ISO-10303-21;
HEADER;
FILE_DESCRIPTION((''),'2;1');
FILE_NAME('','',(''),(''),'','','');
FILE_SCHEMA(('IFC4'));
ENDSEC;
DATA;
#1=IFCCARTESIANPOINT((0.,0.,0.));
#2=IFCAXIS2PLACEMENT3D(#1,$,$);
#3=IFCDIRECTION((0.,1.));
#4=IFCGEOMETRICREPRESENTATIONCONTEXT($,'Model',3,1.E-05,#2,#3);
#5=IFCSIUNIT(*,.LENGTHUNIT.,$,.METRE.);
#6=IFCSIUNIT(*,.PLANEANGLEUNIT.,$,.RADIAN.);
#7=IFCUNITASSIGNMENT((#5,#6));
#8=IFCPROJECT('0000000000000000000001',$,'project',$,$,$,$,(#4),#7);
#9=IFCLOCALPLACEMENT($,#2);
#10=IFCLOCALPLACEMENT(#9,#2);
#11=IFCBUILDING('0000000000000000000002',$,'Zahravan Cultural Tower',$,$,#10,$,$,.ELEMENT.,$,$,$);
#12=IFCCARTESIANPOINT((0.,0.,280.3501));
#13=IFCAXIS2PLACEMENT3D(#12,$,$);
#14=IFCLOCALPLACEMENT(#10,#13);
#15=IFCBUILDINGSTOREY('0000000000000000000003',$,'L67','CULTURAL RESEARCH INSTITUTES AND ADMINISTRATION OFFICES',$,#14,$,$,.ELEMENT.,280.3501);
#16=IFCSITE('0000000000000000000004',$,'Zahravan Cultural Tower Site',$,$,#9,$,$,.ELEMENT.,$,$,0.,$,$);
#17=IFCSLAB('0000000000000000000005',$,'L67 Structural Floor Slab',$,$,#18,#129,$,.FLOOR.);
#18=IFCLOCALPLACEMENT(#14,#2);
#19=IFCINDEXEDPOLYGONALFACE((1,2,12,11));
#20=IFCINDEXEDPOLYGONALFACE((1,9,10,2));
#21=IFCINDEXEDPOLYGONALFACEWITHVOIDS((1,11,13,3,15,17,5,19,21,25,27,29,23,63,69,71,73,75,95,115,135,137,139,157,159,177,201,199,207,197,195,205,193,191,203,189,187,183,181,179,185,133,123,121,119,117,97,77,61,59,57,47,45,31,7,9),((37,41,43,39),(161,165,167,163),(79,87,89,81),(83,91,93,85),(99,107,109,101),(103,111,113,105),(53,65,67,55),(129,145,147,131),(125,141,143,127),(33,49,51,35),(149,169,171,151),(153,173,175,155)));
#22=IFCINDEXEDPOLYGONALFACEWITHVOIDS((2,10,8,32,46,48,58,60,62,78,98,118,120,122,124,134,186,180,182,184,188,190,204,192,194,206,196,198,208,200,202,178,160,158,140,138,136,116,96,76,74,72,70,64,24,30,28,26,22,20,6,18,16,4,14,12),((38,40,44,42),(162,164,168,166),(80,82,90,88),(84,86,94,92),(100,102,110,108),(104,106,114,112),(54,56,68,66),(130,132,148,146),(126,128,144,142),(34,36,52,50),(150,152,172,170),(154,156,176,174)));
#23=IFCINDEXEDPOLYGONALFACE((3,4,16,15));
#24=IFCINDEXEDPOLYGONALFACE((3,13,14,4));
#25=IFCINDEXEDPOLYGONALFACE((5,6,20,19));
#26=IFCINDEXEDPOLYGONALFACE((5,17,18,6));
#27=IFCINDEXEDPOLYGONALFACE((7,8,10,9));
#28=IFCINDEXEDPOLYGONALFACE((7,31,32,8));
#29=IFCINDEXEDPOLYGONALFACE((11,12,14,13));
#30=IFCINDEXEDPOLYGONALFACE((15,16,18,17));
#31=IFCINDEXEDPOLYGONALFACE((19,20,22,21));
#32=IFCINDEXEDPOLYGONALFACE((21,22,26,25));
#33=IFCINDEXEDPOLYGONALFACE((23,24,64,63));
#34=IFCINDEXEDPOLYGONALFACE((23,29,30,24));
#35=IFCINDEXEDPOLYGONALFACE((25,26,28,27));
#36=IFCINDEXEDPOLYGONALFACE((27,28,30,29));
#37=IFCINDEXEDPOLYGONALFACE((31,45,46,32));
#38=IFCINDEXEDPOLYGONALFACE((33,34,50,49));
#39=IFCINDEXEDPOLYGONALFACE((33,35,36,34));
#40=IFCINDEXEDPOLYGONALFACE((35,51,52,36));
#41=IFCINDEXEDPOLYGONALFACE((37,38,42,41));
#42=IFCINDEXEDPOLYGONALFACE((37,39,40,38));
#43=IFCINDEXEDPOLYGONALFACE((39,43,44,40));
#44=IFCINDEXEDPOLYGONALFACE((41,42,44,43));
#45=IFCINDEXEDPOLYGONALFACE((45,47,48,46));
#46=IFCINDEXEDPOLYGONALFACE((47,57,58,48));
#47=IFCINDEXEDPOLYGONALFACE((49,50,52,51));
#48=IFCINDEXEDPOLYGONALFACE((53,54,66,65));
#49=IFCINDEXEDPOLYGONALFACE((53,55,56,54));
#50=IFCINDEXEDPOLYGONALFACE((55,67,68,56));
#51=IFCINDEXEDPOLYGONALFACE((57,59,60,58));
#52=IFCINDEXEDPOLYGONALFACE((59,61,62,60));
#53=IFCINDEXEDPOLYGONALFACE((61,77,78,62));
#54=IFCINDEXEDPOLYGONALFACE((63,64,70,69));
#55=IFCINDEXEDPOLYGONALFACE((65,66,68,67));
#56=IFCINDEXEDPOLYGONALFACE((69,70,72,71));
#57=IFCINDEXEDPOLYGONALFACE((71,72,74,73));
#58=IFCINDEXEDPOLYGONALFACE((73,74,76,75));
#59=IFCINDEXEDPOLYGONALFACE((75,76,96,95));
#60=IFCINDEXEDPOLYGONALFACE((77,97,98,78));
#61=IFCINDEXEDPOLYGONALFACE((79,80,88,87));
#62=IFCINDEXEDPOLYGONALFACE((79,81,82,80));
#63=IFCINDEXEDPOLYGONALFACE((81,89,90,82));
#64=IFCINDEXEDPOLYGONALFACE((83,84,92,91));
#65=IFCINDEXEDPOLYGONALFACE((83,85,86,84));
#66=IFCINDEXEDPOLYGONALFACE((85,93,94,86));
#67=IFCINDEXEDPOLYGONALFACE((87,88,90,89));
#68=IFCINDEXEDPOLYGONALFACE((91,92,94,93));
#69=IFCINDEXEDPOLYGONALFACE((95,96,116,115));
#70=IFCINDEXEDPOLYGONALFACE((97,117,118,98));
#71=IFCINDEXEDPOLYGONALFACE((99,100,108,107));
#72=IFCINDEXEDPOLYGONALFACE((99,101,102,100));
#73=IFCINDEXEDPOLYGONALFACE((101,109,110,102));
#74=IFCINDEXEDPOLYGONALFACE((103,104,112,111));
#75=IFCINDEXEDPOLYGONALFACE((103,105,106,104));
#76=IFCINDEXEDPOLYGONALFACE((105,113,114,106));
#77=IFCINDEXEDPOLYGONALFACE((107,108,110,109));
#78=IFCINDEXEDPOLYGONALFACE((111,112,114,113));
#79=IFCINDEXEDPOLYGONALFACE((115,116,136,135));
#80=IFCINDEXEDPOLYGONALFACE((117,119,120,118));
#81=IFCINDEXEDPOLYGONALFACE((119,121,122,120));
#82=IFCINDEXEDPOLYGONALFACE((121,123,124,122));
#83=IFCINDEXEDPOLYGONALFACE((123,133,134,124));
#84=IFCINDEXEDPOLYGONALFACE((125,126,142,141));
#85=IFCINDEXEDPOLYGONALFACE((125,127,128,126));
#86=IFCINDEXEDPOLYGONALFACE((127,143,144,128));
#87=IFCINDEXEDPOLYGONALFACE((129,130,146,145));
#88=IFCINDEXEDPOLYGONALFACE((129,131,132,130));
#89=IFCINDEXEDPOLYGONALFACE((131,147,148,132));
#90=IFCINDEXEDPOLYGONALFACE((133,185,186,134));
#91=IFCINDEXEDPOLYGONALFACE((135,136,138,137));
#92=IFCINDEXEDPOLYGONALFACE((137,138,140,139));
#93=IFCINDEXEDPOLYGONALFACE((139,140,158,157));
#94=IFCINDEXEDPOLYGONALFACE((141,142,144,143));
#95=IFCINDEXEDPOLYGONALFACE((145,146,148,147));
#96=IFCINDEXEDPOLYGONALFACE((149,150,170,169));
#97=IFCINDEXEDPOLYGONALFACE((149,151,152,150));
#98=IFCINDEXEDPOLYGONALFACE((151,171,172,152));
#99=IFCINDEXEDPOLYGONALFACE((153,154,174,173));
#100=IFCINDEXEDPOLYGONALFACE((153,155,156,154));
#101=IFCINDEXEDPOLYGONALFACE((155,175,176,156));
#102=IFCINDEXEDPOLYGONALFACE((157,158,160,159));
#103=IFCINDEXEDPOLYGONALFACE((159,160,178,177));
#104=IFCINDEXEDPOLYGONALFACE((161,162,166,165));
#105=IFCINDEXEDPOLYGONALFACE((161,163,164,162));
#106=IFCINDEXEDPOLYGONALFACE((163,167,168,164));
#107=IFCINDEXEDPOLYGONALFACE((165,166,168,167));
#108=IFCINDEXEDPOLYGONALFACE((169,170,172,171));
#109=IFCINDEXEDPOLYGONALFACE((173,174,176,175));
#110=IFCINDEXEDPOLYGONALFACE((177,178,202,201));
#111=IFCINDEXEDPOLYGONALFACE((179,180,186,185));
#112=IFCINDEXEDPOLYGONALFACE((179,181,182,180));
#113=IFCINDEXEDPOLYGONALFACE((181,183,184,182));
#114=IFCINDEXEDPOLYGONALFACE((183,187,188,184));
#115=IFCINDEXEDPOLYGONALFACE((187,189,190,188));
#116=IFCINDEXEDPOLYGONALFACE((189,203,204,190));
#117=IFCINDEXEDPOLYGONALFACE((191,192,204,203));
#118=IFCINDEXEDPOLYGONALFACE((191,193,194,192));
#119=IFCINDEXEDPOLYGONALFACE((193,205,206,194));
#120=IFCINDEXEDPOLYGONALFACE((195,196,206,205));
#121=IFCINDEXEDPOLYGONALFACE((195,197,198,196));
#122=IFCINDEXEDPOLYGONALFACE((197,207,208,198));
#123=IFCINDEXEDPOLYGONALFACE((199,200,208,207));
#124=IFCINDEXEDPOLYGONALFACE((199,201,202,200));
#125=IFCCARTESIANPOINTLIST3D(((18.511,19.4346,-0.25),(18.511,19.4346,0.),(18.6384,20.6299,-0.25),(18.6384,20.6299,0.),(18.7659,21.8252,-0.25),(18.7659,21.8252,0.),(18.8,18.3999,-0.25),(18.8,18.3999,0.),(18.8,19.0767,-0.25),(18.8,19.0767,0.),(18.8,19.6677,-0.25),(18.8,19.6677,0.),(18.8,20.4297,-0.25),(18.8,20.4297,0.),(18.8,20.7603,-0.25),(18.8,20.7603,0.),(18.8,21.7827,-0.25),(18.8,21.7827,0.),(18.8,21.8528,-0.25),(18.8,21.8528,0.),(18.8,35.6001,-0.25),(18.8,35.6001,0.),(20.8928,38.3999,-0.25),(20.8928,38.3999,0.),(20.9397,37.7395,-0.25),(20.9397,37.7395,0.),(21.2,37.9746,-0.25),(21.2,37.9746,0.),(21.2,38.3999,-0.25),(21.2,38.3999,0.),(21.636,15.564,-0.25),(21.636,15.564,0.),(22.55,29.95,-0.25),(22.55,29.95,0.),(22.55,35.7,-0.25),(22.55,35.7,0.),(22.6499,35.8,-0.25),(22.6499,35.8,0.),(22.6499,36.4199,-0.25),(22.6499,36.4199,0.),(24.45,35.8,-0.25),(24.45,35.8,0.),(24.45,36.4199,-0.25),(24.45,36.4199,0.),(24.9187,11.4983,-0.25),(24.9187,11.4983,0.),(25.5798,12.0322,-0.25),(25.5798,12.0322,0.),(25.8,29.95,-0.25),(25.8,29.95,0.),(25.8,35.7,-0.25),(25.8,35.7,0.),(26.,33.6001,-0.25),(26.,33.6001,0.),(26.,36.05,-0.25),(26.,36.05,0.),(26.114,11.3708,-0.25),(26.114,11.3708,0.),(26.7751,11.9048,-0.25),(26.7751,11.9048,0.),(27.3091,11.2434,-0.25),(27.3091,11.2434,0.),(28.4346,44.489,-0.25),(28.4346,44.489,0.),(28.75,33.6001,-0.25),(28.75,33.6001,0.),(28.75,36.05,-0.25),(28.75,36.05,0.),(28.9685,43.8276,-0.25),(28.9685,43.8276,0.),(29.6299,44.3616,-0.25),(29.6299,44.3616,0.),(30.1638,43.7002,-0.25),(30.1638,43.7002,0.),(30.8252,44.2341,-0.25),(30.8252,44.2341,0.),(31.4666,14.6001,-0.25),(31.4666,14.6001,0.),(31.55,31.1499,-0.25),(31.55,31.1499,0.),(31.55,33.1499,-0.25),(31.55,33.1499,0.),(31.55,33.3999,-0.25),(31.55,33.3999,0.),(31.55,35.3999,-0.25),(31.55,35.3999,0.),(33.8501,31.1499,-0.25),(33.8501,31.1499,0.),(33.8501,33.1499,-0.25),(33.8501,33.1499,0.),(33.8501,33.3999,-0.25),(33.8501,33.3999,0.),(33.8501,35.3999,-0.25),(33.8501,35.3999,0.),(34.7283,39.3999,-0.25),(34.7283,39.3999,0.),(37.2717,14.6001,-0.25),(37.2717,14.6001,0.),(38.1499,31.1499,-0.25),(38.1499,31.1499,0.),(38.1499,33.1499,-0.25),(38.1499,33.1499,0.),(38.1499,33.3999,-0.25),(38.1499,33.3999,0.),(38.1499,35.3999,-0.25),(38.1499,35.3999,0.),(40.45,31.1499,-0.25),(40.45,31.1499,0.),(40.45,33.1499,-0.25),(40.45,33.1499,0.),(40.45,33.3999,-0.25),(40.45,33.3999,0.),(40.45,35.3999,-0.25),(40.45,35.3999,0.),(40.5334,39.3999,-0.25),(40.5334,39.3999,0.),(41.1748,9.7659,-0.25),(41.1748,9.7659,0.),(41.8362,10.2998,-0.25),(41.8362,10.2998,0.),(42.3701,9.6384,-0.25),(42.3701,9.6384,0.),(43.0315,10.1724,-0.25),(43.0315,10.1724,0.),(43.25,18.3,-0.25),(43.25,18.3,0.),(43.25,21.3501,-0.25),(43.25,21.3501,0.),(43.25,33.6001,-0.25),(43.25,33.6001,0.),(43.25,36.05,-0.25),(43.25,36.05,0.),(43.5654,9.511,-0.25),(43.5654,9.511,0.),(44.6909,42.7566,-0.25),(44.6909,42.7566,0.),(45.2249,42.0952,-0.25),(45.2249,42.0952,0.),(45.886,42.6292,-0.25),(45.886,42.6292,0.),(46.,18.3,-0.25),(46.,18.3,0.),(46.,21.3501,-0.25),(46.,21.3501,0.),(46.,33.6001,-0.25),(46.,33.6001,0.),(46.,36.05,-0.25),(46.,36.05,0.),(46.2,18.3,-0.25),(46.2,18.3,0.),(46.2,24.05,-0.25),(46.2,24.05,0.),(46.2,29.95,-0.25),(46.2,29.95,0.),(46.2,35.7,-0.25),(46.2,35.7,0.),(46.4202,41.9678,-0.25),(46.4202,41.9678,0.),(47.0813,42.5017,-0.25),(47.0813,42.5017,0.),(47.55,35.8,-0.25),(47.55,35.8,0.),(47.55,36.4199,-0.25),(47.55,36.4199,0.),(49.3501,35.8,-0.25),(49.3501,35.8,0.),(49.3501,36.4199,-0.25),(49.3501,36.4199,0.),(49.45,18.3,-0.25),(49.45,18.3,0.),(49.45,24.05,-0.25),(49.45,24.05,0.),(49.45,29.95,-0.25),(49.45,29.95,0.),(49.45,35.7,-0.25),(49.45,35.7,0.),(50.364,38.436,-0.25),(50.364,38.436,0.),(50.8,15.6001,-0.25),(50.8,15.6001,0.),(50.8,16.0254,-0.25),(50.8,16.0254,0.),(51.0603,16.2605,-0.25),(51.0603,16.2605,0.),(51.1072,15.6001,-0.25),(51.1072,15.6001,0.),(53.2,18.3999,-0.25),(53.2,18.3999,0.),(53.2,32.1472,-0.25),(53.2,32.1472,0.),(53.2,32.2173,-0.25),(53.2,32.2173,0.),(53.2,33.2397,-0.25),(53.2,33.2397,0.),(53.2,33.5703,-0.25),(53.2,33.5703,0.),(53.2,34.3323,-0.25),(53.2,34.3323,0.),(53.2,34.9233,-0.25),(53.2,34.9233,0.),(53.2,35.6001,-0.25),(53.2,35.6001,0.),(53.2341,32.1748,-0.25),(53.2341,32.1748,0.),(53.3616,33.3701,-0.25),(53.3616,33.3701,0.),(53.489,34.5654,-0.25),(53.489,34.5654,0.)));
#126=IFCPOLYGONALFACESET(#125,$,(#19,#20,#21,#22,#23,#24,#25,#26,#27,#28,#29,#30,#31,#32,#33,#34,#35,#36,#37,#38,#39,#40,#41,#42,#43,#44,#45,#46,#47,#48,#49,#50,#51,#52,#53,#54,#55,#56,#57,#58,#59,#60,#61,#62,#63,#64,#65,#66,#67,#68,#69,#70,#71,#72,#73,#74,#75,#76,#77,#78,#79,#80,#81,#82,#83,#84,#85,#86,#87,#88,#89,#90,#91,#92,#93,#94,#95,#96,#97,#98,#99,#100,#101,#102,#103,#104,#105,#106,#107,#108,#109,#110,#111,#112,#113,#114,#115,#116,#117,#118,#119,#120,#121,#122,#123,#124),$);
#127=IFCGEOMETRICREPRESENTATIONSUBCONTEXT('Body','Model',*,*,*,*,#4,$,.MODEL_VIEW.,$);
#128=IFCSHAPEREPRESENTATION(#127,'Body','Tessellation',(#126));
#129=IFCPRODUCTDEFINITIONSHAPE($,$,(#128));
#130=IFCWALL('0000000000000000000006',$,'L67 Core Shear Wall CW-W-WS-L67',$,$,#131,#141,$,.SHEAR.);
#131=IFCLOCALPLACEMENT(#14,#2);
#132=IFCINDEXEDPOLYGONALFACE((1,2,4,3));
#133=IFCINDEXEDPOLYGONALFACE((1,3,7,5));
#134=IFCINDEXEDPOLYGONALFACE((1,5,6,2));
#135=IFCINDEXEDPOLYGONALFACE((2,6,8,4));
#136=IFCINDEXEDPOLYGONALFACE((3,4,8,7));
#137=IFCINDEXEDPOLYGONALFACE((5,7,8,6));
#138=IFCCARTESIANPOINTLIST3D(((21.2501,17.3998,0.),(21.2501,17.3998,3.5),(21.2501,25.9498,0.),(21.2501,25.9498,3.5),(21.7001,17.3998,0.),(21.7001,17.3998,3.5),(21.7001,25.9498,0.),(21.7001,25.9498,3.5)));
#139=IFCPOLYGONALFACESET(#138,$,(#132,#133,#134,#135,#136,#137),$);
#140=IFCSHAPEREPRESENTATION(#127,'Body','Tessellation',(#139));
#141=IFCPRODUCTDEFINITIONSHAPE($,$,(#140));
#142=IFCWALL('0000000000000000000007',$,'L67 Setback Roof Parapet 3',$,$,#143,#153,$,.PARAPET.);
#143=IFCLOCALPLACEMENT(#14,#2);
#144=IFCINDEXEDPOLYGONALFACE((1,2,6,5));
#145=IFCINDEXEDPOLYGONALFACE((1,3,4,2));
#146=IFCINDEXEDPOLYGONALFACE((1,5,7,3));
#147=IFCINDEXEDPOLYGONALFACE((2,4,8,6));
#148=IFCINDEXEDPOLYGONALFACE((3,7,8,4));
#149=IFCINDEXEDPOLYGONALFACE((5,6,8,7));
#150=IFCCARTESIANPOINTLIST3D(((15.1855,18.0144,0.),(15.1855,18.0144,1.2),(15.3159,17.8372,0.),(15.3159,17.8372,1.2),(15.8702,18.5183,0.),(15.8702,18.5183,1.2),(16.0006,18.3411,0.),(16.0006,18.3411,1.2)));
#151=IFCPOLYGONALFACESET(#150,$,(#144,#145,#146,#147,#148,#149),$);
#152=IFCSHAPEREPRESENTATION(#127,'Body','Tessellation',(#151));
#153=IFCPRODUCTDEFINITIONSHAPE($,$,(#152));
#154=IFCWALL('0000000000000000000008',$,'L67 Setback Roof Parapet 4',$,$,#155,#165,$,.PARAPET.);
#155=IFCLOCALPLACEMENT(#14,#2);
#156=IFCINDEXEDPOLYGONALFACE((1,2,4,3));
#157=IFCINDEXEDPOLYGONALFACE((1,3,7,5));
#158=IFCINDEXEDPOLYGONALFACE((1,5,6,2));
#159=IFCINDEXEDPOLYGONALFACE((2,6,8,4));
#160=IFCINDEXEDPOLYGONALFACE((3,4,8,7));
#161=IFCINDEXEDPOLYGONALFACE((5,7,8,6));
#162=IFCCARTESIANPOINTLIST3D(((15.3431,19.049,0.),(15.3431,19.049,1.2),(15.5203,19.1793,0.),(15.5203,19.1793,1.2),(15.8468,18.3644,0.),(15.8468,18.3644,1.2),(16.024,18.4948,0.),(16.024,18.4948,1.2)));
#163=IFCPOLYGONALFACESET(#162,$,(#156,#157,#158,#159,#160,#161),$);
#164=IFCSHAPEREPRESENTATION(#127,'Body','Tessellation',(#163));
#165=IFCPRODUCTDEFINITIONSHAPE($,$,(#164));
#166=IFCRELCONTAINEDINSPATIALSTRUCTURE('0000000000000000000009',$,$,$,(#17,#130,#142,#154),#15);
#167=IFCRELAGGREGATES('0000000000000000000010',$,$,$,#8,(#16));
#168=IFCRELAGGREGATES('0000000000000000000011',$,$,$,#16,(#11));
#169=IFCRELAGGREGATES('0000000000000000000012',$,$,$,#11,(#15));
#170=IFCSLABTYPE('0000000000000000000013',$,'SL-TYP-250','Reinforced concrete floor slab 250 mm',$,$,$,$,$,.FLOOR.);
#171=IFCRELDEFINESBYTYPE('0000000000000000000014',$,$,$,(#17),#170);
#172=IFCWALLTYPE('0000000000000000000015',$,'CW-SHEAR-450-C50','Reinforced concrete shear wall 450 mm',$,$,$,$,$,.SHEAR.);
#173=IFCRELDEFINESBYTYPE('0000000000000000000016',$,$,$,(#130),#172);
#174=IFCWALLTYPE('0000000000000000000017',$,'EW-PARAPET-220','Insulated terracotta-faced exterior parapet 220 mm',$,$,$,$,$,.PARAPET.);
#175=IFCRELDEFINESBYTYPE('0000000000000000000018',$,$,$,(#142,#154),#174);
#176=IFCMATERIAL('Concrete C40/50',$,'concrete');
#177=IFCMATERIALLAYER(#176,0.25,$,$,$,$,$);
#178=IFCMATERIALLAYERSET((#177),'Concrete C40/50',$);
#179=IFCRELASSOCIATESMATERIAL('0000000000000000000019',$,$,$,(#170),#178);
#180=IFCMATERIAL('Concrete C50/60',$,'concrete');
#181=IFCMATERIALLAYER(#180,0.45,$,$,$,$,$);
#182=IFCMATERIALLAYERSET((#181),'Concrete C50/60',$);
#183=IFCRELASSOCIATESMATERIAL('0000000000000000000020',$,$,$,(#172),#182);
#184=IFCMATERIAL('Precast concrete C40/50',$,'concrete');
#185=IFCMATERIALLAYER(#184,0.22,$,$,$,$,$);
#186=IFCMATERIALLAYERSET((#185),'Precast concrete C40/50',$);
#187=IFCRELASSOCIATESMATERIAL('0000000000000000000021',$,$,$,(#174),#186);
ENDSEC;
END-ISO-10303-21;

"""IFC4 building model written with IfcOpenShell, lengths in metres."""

from ifc_helpers import new_model, si_unit, direction, frame, frame_2d, origin, place, context, subcontext, project, spatial, polyline, rectangle, outline, extrude, source, transform, mapped, material, layer, layer_set, type_object, element, save


model = new_model("IFC4")

# Units and contexts
model_context = context("Model", 3, precision=1e-05, world=origin(), true_north=direction((0.0, 1.0)))
body_context = subcontext(model_context, "Body", "Model", "MODEL_VIEW")
ifc_project = project(units=[si_unit("LENGTHUNIT", "METRE"), si_unit("PLANEANGLEUNIT", "RADIAN")], contexts=[model_context])

# Site, building, storey
site_placement = place(None, origin())
site = spatial("IfcSite", under=ifc_project, at=site_placement, Name="Zahravan Cultural Tower Site", CompositionType="ELEMENT", RefElevation=0.0)
building_placement = place(site_placement, origin())
building = spatial("IfcBuilding", under=site, at=building_placement, Name="Zahravan Cultural Tower", CompositionType="ELEMENT")
storey_placement = place(building_placement, frame((0.0, 0.0, 280.3501)))
storey = spatial("IfcBuildingStorey", under=building, at=storey_placement, Name="L67", Description="CULTURAL RESEARCH INSTITUTES AND ADMINISTRATION OFFICES", CompositionType="ELEMENT", Elevation=280.3501)

# Shared definitions
ifc_material_1 = material(Name="Precast concrete C40/50", Category="concrete")

# Slab
ifc_material_2 = material(Name="Concrete C40/50", Category="concrete")
ifc_layer_1 = layer(ifc_material_2, 0.25)
ifc_layer_set_1 = layer_set([ifc_layer_1], Name="Concrete C40/50")
slab_type_1 = type_object("IfcSlabType", Name="SL-TYP-250", Description="Reinforced concrete floor slab 250 mm", PredefinedType="FLOOR", material=ifc_layer_set_1)
slab_1_placement = place(storey_placement, frame((0.0, 0.0, -0.25)))
element("IfcSlab", 1, at=slab_1_placement, inside=storey, type_object=slab_type_1, Name="L67 Structural Floor Slab", PredefinedType="FLOOR", context=body_context, shape_type="SweptSolid", body=[
    extrude(outline(polyline([(20.8928, 38.3999), (21.2, 38.3999), (21.2, 37.9746), (20.9397, 37.7395), (18.8, 35.6001), (18.8, 21.8528), (18.7659, 21.8252), (18.8, 21.7827), (18.8, 20.7603), (18.6384, 20.6299), (18.8, 20.4297), (18.8, 19.6677), (18.511, 19.4346), (18.8, 19.0767), (18.8, 18.3999), (21.636, 15.564), (24.9187, 11.4983), (25.5798, 12.0322), (26.114, 11.3708), (26.7751, 11.9048), (27.3091, 11.2434), (31.4666, 14.6001), (37.2717, 14.6001), (41.1748, 9.7659), (41.8362, 10.2998), (42.3701, 9.6384), (43.0315, 10.1724), (43.5654, 9.511), (51.1072, 15.6001), (50.8, 15.6001), (50.8, 16.0254), (51.0603, 16.2605), (53.2, 18.3999), (53.2, 32.1472), (53.2341, 32.1748), (53.2, 32.2173), (53.2, 33.2397), (53.3616, 33.3701), (53.2, 33.5703), (53.2, 34.3323), (53.489, 34.5654), (53.2, 34.9233), (53.2, 35.6001), (50.364, 38.436), (47.0813, 42.5017), (46.4202, 41.9678), (45.886, 42.6292), (45.2249, 42.0952), (44.6909, 42.7566), (40.5334, 39.3999), (34.7283, 39.3999), (30.8252, 44.2341), (30.1638, 43.7002), (29.6299, 44.3616), (28.9685, 43.8276), (28.4346, 44.489), (20.8928, 38.3999)]), holes=[polyline([(22.55, 29.95), (22.55, 35.7), (25.8, 35.7), (25.8, 29.95), (22.55, 29.95)]), polyline([(46.2, 29.95), (46.2, 35.7), (49.45, 35.7), (49.45, 29.95), (46.2, 29.95)]), polyline([(46.2, 18.3), (46.2, 24.05), (49.45, 24.05), (49.45, 18.3), (46.2, 18.3)]), polyline([(26.0, 33.6001), (26.0, 36.05), (28.75, 36.05), (28.75, 33.6001), (26.0, 33.6001)]), polyline([(43.25, 33.6001), (43.25, 36.05), (46.0, 36.05), (46.0, 33.6001), (43.25, 33.6001)]), polyline([(43.25, 18.3), (43.25, 21.3501), (46.0, 21.3501), (46.0, 18.3), (43.25, 18.3)]), polyline([(31.55, 33.3999), (31.55, 35.3999), (33.8501, 35.3999), (33.8501, 33.3999), (31.55, 33.3999)]), polyline([(31.55, 31.1499), (31.55, 33.1499), (33.8501, 33.1499), (33.8501, 31.1499), (31.55, 31.1499)]), polyline([(38.1499, 33.3999), (38.1499, 35.3999), (40.45, 35.3999), (40.45, 33.3999), (38.1499, 33.3999)]), polyline([(38.1499, 31.1499), (38.1499, 33.1499), (40.45, 33.1499), (40.45, 31.1499), (38.1499, 31.1499)]), polyline([(22.6499, 35.8), (22.6499, 36.4199), (24.45, 36.4199), (24.45, 35.8), (22.6499, 35.8)]), polyline([(47.55, 35.8), (47.55, 36.4199), (49.3501, 36.4199), (49.3501, 35.8), (47.55, 35.8)])]), origin(), (0.0, 0.0, 1.0), 0.25),
])

# Walls
ifc_material_3 = material(Name="Concrete C50/60", Category="concrete")
ifc_layer_2 = layer(ifc_material_3, 0.45)
ifc_layer_set_2 = layer_set([ifc_layer_2], Name="Concrete C50/60")
wall_type_1 = type_object("IfcWallType", Name="CW-SHEAR-450-C50", Description="Reinforced concrete shear wall 450 mm", PredefinedType="SHEAR", material=ifc_layer_set_2)
shared_shape_1 = source(origin(), body_context, "Body", "SweptSolid", [
    extrude(rectangle(XDim=8.55, YDim=0.45, at=frame_2d((4.2749, 0.0))), origin(), (0.0, 0.0, 1.0), 3.5),
])
wall_1_placement = place(storey_placement, frame((21.4751, 17.3999, 0.0), z_axis=(0.0, 0.0, 1.0), x_axis=(0.0, 1.0, 0.0)))
element("IfcWall", 2, at=wall_1_placement, inside=storey, type_object=wall_type_1, Name="L67 Core Shear Wall CW-W-WS-L67", PredefinedType="SHEAR", context=body_context, shape_type="MappedRepresentation", body=[
    mapped(shared_shape_1, transform((0.0, 0.0, 0.0), x_axis=(1.0, 0.0, 0.0), y_axis=(0.0, 1.0, 0.0), z_axis=(0.0, 0.0, 1.0), scale=1.0)),
])
ifc_layer_3 = layer(ifc_material_1, 0.22)
ifc_layer_set_3 = layer_set([ifc_layer_3], Name="Precast concrete C40/50")
wall_type_2 = type_object("IfcWallType", Name="EW-PARAPET-220", Description="Insulated terracotta-faced exterior parapet 220 mm", PredefinedType="PARAPET", material=ifc_layer_set_3)
shared_shape_2 = source(origin(), body_context, "Body", "SweptSolid", [
    extrude(rectangle(XDim=0.8501, YDim=0.22, at=frame_2d((0.425, 0.0))), origin(), (0.0, 0.0, 1.0), 1.2),
])
wall_2_placement = place(storey_placement, frame((15.2507, 17.9258, 0.0), z_axis=(0.0, 0.0, 1.0), x_axis=(0.805345, 0.592807, 0.0)))
element("IfcWall", 3, at=wall_2_placement, inside=storey, type_object=wall_type_2, Name="L67 Setback Roof Parapet 3", PredefinedType="PARAPET", context=body_context, shape_type="MappedRepresentation", body=[
    mapped(shared_shape_2, transform((0.0, 0.0, 0.0), x_axis=(1.0, 0.0, 0.0), y_axis=(0.0, 1.0, 0.0), z_axis=(0.0, 0.0, 1.0), scale=1.0)),
])
shared_shape_3 = source(origin(), body_context, "Body", "SweptSolid", [
    extrude(rectangle(XDim=0.8499, YDim=0.22, at=frame_2d((0.4248, 0.0))), origin(), (0.0, 0.0, 1.0), 1.2),
])
wall_3_placement = place(storey_placement, frame((15.9353, 18.4297, 0.0), z_axis=(0.0, 0.0, 1.0), x_axis=(-0.592621, 0.805482, 0.0)))
element("IfcWall", 4, at=wall_3_placement, inside=storey, type_object=wall_type_2, Name="L67 Setback Roof Parapet 4", PredefinedType="PARAPET", context=body_context, shape_type="MappedRepresentation", body=[
    mapped(shared_shape_3, transform((0.0, 0.0, 0.0), x_axis=(1.0, 0.0, 0.0), y_axis=(0.0, 1.0, 0.0), z_axis=(0.0, 0.0, 1.0), scale=1.0)),
])

save(model, "model.ifc")
